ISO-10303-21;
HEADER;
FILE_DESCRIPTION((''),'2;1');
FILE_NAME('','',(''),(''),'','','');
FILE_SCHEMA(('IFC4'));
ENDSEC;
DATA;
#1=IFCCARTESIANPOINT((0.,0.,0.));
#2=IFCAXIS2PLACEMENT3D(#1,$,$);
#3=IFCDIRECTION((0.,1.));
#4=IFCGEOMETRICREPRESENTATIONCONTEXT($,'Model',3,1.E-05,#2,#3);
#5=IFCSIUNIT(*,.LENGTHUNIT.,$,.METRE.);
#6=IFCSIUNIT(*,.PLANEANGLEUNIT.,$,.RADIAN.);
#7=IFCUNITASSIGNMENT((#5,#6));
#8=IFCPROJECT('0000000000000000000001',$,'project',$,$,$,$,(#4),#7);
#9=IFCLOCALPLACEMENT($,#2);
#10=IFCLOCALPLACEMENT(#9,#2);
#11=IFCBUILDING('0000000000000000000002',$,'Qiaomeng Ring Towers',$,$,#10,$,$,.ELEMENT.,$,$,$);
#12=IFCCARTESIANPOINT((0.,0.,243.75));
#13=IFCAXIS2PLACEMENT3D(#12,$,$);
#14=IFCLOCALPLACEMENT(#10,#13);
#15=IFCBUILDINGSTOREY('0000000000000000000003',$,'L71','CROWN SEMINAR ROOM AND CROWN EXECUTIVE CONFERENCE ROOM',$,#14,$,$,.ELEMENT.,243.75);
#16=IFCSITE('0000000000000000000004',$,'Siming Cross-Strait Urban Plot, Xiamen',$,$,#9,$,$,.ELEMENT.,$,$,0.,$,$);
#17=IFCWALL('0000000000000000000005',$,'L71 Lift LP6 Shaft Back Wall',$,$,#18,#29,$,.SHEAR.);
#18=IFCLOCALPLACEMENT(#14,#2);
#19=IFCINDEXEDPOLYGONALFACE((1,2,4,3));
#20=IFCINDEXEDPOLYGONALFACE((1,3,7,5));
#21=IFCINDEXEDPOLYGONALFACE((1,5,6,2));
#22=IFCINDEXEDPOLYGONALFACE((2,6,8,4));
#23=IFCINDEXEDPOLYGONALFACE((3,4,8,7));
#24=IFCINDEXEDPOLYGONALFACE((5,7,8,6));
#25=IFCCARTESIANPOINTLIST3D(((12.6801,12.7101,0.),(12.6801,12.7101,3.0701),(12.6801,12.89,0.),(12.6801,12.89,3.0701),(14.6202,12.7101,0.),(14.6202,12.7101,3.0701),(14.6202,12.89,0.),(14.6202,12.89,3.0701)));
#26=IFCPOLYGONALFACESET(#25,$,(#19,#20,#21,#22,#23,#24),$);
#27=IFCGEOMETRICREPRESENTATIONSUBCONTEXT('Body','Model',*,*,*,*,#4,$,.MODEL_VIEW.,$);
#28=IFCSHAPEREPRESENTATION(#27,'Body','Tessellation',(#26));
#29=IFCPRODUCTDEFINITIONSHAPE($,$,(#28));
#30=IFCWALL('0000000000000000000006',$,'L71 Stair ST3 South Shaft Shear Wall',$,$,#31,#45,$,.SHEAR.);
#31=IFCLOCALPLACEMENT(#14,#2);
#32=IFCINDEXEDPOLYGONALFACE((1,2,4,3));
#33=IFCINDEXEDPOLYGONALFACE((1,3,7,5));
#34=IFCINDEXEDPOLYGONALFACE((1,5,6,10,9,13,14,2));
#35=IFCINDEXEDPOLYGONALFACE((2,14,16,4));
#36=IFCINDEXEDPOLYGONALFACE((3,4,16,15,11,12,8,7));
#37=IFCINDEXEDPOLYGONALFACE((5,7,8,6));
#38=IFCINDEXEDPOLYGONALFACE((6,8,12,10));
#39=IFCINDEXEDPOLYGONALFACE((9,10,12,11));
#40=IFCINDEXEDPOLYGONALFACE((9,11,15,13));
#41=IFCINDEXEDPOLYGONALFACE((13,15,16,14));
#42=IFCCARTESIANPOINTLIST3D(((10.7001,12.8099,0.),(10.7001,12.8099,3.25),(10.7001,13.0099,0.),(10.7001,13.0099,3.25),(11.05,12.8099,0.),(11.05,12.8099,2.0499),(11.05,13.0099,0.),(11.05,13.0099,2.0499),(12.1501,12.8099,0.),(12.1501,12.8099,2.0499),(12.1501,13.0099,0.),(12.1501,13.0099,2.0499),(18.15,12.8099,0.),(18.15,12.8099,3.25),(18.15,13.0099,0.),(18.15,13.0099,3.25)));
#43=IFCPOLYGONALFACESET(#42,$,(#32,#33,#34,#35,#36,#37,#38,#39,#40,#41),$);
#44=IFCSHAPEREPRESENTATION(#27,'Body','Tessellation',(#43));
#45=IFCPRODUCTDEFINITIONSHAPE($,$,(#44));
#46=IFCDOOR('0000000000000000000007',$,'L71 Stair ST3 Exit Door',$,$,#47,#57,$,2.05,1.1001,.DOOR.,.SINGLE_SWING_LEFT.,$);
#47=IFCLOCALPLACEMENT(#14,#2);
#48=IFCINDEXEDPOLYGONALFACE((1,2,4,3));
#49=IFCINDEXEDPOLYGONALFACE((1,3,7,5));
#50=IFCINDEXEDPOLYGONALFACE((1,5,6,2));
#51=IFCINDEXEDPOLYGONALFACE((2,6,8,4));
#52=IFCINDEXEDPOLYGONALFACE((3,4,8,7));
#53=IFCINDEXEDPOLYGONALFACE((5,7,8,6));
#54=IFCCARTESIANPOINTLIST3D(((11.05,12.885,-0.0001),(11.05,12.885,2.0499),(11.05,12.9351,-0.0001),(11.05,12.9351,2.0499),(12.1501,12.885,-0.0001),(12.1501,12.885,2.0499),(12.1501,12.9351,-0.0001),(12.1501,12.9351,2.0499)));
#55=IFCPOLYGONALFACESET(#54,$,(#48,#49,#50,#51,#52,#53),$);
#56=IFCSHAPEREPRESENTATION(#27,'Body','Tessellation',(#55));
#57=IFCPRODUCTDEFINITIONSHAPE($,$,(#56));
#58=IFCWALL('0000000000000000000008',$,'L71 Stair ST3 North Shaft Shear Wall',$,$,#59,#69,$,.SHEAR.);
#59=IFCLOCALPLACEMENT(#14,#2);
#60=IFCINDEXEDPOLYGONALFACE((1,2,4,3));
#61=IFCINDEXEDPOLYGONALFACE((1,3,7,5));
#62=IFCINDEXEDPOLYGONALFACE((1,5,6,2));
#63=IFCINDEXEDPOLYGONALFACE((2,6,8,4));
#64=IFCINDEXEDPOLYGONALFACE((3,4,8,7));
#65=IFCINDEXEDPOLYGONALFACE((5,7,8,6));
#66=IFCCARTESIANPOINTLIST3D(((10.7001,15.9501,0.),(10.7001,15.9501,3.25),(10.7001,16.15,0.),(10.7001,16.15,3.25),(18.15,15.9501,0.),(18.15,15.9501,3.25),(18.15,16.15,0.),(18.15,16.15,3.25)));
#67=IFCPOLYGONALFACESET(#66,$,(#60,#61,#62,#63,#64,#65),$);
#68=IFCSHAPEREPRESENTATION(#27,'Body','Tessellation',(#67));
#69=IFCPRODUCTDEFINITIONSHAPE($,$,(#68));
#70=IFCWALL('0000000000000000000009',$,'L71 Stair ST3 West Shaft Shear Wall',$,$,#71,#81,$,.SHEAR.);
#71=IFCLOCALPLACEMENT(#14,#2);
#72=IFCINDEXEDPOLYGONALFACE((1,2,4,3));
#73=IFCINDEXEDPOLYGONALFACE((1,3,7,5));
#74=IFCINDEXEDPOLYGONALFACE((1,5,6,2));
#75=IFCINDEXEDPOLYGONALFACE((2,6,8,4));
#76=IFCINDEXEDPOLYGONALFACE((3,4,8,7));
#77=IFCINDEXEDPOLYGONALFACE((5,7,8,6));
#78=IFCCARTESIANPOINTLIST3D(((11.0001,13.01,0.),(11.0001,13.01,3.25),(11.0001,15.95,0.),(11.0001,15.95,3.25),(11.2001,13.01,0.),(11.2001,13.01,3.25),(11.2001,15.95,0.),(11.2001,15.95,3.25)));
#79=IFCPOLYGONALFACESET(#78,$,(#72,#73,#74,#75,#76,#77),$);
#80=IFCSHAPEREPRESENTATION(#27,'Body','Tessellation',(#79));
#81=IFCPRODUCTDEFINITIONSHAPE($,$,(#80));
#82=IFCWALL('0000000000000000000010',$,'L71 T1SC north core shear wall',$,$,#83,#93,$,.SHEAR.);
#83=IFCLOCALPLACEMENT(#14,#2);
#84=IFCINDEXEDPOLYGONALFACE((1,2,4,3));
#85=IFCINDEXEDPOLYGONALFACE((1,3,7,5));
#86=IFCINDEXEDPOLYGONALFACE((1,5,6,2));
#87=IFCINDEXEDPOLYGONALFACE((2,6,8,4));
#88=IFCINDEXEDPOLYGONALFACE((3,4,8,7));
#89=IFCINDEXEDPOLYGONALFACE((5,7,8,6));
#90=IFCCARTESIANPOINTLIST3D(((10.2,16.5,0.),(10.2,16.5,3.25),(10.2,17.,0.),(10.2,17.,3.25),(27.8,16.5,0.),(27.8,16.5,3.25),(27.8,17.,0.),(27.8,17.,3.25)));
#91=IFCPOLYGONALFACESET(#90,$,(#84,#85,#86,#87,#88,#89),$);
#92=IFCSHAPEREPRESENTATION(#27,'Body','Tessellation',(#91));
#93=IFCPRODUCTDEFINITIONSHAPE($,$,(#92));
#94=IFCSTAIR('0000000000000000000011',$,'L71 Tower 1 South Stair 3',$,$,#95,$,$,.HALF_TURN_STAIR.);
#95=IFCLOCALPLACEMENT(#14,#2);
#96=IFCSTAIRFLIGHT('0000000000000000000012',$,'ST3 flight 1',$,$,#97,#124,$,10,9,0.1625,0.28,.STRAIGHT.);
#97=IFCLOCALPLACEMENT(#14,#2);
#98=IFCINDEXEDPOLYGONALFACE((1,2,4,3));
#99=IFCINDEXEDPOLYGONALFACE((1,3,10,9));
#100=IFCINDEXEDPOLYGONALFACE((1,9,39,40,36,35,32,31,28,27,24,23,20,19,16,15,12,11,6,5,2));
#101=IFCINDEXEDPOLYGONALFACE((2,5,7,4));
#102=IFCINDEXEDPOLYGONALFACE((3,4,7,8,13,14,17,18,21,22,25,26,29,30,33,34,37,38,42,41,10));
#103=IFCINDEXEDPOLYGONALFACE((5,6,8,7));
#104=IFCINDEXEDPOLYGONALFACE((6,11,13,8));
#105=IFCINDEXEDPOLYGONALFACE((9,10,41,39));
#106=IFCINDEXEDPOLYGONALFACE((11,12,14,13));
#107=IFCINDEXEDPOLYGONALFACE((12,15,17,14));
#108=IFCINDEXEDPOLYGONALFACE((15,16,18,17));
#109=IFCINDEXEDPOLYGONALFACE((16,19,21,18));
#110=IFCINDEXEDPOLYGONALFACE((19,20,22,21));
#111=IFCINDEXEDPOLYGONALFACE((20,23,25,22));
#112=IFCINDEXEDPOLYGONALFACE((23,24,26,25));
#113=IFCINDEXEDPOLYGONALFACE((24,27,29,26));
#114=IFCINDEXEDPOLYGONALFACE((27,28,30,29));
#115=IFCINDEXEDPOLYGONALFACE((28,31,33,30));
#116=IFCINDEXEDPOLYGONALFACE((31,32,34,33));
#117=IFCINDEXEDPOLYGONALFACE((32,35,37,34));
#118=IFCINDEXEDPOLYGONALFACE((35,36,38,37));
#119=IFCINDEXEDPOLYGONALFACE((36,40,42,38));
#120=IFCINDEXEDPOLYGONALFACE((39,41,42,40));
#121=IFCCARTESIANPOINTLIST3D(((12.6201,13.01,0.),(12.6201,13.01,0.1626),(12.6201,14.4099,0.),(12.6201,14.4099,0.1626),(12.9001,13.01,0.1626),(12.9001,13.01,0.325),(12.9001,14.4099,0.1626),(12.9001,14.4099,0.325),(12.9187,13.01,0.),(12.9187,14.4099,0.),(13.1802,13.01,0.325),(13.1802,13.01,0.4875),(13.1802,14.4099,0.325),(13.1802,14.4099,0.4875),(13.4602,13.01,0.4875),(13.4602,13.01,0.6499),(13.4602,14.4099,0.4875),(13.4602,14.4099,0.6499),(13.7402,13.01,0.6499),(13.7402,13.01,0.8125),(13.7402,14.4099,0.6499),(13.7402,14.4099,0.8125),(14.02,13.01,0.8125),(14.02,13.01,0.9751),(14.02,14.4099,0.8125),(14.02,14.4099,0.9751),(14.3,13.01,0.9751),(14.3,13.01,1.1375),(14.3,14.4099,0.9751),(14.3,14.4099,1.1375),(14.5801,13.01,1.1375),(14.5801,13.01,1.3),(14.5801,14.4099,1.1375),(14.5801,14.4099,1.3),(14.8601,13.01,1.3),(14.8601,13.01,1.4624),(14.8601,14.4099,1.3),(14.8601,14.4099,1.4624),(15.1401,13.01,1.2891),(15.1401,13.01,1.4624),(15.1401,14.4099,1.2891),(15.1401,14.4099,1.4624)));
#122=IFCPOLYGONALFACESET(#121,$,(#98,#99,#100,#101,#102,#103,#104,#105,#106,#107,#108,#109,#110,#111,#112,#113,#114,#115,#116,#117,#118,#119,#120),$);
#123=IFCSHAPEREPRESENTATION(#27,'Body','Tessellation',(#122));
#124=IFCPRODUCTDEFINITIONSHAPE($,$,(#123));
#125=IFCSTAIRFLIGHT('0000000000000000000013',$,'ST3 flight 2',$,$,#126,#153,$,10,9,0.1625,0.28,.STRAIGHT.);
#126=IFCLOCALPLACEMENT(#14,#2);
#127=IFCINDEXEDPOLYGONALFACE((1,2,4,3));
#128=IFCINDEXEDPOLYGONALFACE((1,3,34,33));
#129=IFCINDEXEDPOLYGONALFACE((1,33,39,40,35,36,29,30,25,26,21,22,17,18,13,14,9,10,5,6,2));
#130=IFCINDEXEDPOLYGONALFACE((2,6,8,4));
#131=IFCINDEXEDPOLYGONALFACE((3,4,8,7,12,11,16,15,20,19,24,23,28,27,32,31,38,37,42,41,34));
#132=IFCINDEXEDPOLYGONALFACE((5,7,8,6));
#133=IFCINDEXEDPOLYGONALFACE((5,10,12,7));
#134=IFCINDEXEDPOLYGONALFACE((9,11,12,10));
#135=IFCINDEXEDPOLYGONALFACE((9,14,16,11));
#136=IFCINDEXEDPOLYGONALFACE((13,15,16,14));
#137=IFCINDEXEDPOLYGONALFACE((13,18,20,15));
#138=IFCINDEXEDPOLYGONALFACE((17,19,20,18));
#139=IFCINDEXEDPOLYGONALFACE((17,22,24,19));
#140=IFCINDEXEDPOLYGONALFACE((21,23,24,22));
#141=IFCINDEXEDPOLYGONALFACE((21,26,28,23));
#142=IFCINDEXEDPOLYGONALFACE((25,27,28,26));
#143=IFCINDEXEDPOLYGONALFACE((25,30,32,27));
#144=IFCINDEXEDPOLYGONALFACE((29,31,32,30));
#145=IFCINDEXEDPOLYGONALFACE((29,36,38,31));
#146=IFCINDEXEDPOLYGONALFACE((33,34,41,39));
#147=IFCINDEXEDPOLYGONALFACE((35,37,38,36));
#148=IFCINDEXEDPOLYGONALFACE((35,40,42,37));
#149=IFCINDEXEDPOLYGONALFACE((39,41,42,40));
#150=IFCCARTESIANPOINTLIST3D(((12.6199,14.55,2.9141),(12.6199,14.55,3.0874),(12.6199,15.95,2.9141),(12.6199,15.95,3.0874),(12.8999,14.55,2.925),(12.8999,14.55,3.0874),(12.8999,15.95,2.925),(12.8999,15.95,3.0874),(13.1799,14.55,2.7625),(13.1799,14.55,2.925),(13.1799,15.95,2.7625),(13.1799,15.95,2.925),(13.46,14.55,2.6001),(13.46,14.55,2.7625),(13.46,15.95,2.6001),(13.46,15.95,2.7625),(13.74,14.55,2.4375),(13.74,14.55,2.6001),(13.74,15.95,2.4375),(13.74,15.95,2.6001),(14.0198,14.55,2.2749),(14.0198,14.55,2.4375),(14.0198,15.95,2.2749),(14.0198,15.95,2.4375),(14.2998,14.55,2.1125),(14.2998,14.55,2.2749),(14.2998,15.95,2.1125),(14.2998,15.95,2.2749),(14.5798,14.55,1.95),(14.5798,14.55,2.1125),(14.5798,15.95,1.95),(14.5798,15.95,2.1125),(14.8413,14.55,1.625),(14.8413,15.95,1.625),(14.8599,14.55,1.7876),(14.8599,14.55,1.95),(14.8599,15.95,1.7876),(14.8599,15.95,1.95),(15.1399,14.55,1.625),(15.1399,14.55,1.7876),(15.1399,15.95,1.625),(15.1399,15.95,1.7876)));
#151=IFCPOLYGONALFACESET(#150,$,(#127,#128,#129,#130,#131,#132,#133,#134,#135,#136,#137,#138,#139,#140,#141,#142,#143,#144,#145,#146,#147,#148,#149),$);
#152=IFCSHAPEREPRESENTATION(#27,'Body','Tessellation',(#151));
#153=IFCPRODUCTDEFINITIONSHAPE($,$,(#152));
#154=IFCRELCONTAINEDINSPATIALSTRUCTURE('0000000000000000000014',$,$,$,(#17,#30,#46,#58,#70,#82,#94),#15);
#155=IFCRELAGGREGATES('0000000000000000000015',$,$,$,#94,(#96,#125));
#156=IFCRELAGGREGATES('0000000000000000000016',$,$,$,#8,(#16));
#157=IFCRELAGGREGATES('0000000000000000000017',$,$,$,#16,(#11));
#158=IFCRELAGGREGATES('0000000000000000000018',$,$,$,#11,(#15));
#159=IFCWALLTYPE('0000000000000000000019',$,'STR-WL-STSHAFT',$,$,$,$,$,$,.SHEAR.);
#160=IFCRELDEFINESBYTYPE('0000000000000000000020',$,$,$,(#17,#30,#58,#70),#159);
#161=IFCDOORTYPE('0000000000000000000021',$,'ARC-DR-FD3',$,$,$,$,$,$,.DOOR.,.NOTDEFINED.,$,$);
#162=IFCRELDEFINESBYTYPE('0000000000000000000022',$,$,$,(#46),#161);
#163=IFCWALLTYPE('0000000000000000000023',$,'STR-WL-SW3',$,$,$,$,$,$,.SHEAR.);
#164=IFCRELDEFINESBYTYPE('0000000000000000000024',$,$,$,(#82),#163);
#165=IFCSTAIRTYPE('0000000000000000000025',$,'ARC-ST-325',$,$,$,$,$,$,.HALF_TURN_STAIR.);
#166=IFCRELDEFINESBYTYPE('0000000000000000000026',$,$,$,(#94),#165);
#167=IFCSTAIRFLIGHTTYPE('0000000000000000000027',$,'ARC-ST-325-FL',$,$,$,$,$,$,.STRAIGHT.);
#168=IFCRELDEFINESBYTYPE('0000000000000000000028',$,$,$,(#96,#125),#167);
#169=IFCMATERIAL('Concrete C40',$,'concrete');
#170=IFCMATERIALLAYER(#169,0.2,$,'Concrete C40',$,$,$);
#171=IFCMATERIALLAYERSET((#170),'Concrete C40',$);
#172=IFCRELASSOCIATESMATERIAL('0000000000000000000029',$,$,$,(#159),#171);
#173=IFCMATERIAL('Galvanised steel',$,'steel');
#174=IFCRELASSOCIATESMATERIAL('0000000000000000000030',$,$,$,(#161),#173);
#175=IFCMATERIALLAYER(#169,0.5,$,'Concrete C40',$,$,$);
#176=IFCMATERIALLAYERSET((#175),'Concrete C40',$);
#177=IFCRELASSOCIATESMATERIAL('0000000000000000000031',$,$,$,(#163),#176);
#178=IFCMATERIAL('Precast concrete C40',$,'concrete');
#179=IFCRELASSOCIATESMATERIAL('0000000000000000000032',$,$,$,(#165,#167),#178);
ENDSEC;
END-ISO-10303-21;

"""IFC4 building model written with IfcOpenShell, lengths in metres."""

from ifc_helpers import new_model, si_unit, direction, frame, frame_2d, origin, place, context, subcontext, project, spatial, polyline, rectangle, outline, extrude, source, transform, mapped, material, layer, layer_set, type_object, element, fill, aggregate, save


model = new_model("IFC4")

# Units and contexts
model_context = context("Model", 3, precision=1e-05, world=origin(), true_north=direction((0.0, 1.0)))
body_context = subcontext(model_context, "Body", "Model", "MODEL_VIEW")
ifc_project = project(units=[si_unit("LENGTHUNIT", "METRE"), si_unit("PLANEANGLEUNIT", "RADIAN")], contexts=[model_context])

# Site, building, storey
site_placement = place(None, origin())
site = spatial("IfcSite", under=ifc_project, at=site_placement, Name="Siming Cross-Strait Urban Plot, Xiamen", CompositionType="ELEMENT", RefElevation=0.0)
building_placement = place(site_placement, origin())
building = spatial("IfcBuilding", under=site, at=building_placement, Name="Qiaomeng Ring Towers", CompositionType="ELEMENT")
storey_placement = place(building_placement, frame((0.0, 0.0, 243.75)))
storey = spatial("IfcBuildingStorey", under=building, at=storey_placement, Name="L71", Description="CROWN SEMINAR ROOM AND CROWN EXECUTIVE CONFERENCE ROOM", CompositionType="ELEMENT", Elevation=243.75)

# Shared definitions
ifc_material_1 = material(Name="Concrete C40", Category="concrete")

# Wall
ifc_layer_1 = layer(ifc_material_1, 0.2, Name="Concrete C40")
ifc_layer_set_1 = layer_set([ifc_layer_1], Name="Concrete C40")
wall_type_1 = type_object("IfcWallType", Name="STR-WL-STSHAFT", PredefinedType="SHEAR", material=ifc_layer_set_1)
wall_1_placement = place(storey_placement, frame((12.6799, 12.8, 0.0), z_axis=(0.0, 0.0, 1.0), x_axis=(1.0, 0.0, 0.0)))
element("IfcWall", 1, at=wall_1_placement, inside=storey, type_object=wall_type_1, Name="L71 Lift LP6 Shaft Back Wall", PredefinedType="SHEAR", context=body_context, shape_type="SweptSolid", body=[
    extrude(rectangle(XDim=1.9402, YDim=0.1799, at=frame_2d((0.9702, 0.0))), origin(), (0.0, 0.0, 1.0), 3.0701),
])

# Wall, opening, door
wall_2_placement = place(storey_placement, frame((10.7, 12.9099, 0.0), z_axis=(0.0, 0.0, 1.0), x_axis=(1.0, 0.0, 0.0)))
wall_2 = element("IfcWall", 2, at=wall_2_placement, inside=storey, type_object=wall_type_1, Name="L71 Stair ST3 South Shaft Shear Wall", PredefinedType="SHEAR", context=body_context, shape_type="SweptSolid", body=[
    extrude(rectangle(XDim=7.45, YDim=0.2, at=frame_2d((3.7251, 0.0))), origin(), (0.0, 0.0, 1.0), 3.25),
])
opening_1_placement = place(wall_2_placement, frame((0.3501, 0.0, 0.0)))
opening_1 = element("IfcOpeningElement", 3, at=opening_1_placement, cuts=wall_2, PredefinedType="OPENING", context=body_context, shape_type="SweptSolid", body=[
    extrude(rectangle(XDim=1.1001, YDim=2.05, at=frame_2d((0.55, 1.0249))), frame((0.0, 0.1099, 0.0), z_axis=(0.0, -1.0, 0.0), x_axis=(1.0, 0.0, 0.0)), (0.0, 0.0, 1.0), 0.22),
])
ifc_material_2 = material(Name="Galvanised steel", Category="steel")
door_type_1 = type_object("IfcDoorType", Name="ARC-DR-FD3", OperationType="NOTDEFINED", PredefinedType="DOOR", material=ifc_material_2)
shared_shape_1 = source(origin(), body_context, "Body", "SweptSolid", [
    extrude(rectangle(XDim=1.1001, YDim=2.05, at=frame_2d((0.55, 1.0249))), frame((0.0, 0.0249, 0.0), z_axis=(0.0, -1.0, 0.0), x_axis=(1.0, 0.0, 0.0)), (0.0, 0.0, 1.0), 0.05),
])
door_1_placement = place(opening_1_placement, frame((1.1001, 0.0, 0.0), z_axis=(0.0, 0.0, 1.0), x_axis=(-1.0, 0.0, 0.0)))
door_1 = element("IfcDoor", 4, at=door_1_placement, inside=storey, type_object=door_type_1, Name="L71 Stair ST3 Exit Door", OperationType="SINGLE_SWING_LEFT", OverallHeight=2.05, OverallWidth=1.1001, PredefinedType="DOOR", context=body_context, shape_type="MappedRepresentation", body=[
    mapped(shared_shape_1, transform((0.0, 0.0, 0.0), x_axis=(1.0, 0.0, 0.0), y_axis=(0.0, 1.0, 0.0), z_axis=(0.0, 0.0, 1.0), scale=1.0)),
])
fill(opening_1, door_1)

# Walls
wall_3_placement = place(storey_placement, frame((10.7, 16.05, 0.0), z_axis=(0.0, 0.0, 1.0), x_axis=(1.0, 0.0, 0.0)))
element("IfcWall", 5, at=wall_3_placement, inside=storey, type_object=wall_type_1, Name="L71 Stair ST3 North Shaft Shear Wall", PredefinedType="SHEAR", context=body_context, shape_type="SweptSolid", body=[
    extrude(rectangle(XDim=7.45, YDim=0.2, at=frame_2d((3.7251, 0.0))), origin(), (0.0, 0.0, 1.0), 3.25),
])
wall_4_placement = place(storey_placement, frame((11.1001, 13.01, 0.0), z_axis=(0.0, 0.0, 1.0), x_axis=(0.0, 1.0, 0.0)))
element("IfcWall", 6, at=wall_4_placement, inside=storey, type_object=wall_type_1, Name="L71 Stair ST3 West Shaft Shear Wall", PredefinedType="SHEAR", context=body_context, shape_type="SweptSolid", body=[
    extrude(rectangle(XDim=2.9399, YDim=0.2, at=frame_2d((1.47, 0.0))), origin(), (0.0, 0.0, 1.0), 3.25),
])
ifc_layer_2 = layer(ifc_material_1, 0.5, Name="Concrete C40")
ifc_layer_set_2 = layer_set([ifc_layer_2], Name="Concrete C40")
wall_type_2 = type_object("IfcWallType", Name="STR-WL-SW3", PredefinedType="SHEAR", material=ifc_layer_set_2)
wall_5_placement = place(storey_placement, frame((10.2, 16.75, 0.0), z_axis=(0.0, 0.0, 1.0), x_axis=(1.0, 0.0, 0.0)))
element("IfcWall", 7, at=wall_5_placement, inside=storey, type_object=wall_type_2, Name="L71 T1SC north core shear wall", PredefinedType="SHEAR", context=body_context, shape_type="SweptSolid", body=[
    extrude(rectangle(XDim=17.6001, YDim=0.5, at=frame_2d((8.8, 0.0))), origin(), (0.0, 0.0, 1.0), 3.25),
])

# Stair, stair flights
ifc_material_3 = material(Name="Precast concrete C40", Category="concrete")
stair_type = type_object("IfcStairType", Name="ARC-ST-325", PredefinedType="HALF_TURN_STAIR", material=ifc_material_3)
stair_placement = place(storey_placement, origin())
stair = element("IfcStair", 8, at=stair_placement, inside=storey, type_object=stair_type, Name="L71 Tower 1 South Stair 3", PredefinedType="HALF_TURN_STAIR")
stair_flight_type = type_object("IfcStairFlightType", Name="ARC-ST-325-FL", PredefinedType="STRAIGHT", material=ifc_material_3)
shared_shape_2 = source(origin(), body_context, "Body", "SweptSolid", [
    extrude(outline(polyline([(0.0, 0.0), (0.0, 0.1626), (0.28, 0.1626), (0.28, 0.325), (0.5601, 0.325), (0.5601, 0.4875), (0.8401, 0.4875), (0.8401, 0.6499), (1.1201, 0.6499), (1.1201, 0.8125), (1.3999, 0.8125), (1.3999, 0.9751), (1.6799, 0.9751), (1.6799, 1.1375), (1.96, 1.1375), (1.96, 1.3), (2.24, 1.3), (2.24, 1.4624), (2.52, 1.4624), (2.52, 1.625), (2.52, 1.2891), (0.2986, 0.0), (0.0, 0.0)])), frame((0.0, 0.7, 0.0), z_axis=(0.0, -1.0, 0.0), x_axis=(1.0, 0.0, 0.0)), (0.0, 0.0, 1.0), 1.3999),
])
stair_flight_1_placement = place(storey_placement, frame((12.6201, 13.71, 0.0), z_axis=(0.0, 0.0, 1.0), x_axis=(1.0, 0.0, 0.0)))
stair_flight_1 = element("IfcStairFlight", 9, at=stair_flight_1_placement, type_object=stair_flight_type, Name="ST3 flight 1", NumberOfRisers=10, NumberOfTreads=9, PredefinedType="STRAIGHT", RiserHeight=0.1625, TreadLength=0.28, context=body_context, shape_type="MappedRepresentation", body=[
    mapped(shared_shape_2, transform((0.0, 0.0, 0.0), x_axis=(1.0, 0.0, 0.0), y_axis=(0.0, 1.0, 0.0), z_axis=(0.0, 0.0, 1.0), scale=1.0)),
])
stair_flight_2_placement = place(storey_placement, frame((15.1399, 15.25, 1.625), z_axis=(0.0, 0.0, 1.0), x_axis=(-1.0, 0.0, 0.0)))
stair_flight_2 = element("IfcStairFlight", 10, at=stair_flight_2_placement, type_object=stair_flight_type, Name="ST3 flight 2", NumberOfRisers=10, NumberOfTreads=9, PredefinedType="STRAIGHT", RiserHeight=0.1625, TreadLength=0.28, context=body_context, shape_type="MappedRepresentation", body=[
    mapped(shared_shape_2, transform((0.0, 0.0, 0.0), x_axis=(1.0, 0.0, 0.0), y_axis=(0.0, 1.0, 0.0), z_axis=(0.0, 0.0, 1.0), scale=1.0)),
])
aggregate(stair, [stair_flight_1, stair_flight_2])

save(model, "model.ifc")
